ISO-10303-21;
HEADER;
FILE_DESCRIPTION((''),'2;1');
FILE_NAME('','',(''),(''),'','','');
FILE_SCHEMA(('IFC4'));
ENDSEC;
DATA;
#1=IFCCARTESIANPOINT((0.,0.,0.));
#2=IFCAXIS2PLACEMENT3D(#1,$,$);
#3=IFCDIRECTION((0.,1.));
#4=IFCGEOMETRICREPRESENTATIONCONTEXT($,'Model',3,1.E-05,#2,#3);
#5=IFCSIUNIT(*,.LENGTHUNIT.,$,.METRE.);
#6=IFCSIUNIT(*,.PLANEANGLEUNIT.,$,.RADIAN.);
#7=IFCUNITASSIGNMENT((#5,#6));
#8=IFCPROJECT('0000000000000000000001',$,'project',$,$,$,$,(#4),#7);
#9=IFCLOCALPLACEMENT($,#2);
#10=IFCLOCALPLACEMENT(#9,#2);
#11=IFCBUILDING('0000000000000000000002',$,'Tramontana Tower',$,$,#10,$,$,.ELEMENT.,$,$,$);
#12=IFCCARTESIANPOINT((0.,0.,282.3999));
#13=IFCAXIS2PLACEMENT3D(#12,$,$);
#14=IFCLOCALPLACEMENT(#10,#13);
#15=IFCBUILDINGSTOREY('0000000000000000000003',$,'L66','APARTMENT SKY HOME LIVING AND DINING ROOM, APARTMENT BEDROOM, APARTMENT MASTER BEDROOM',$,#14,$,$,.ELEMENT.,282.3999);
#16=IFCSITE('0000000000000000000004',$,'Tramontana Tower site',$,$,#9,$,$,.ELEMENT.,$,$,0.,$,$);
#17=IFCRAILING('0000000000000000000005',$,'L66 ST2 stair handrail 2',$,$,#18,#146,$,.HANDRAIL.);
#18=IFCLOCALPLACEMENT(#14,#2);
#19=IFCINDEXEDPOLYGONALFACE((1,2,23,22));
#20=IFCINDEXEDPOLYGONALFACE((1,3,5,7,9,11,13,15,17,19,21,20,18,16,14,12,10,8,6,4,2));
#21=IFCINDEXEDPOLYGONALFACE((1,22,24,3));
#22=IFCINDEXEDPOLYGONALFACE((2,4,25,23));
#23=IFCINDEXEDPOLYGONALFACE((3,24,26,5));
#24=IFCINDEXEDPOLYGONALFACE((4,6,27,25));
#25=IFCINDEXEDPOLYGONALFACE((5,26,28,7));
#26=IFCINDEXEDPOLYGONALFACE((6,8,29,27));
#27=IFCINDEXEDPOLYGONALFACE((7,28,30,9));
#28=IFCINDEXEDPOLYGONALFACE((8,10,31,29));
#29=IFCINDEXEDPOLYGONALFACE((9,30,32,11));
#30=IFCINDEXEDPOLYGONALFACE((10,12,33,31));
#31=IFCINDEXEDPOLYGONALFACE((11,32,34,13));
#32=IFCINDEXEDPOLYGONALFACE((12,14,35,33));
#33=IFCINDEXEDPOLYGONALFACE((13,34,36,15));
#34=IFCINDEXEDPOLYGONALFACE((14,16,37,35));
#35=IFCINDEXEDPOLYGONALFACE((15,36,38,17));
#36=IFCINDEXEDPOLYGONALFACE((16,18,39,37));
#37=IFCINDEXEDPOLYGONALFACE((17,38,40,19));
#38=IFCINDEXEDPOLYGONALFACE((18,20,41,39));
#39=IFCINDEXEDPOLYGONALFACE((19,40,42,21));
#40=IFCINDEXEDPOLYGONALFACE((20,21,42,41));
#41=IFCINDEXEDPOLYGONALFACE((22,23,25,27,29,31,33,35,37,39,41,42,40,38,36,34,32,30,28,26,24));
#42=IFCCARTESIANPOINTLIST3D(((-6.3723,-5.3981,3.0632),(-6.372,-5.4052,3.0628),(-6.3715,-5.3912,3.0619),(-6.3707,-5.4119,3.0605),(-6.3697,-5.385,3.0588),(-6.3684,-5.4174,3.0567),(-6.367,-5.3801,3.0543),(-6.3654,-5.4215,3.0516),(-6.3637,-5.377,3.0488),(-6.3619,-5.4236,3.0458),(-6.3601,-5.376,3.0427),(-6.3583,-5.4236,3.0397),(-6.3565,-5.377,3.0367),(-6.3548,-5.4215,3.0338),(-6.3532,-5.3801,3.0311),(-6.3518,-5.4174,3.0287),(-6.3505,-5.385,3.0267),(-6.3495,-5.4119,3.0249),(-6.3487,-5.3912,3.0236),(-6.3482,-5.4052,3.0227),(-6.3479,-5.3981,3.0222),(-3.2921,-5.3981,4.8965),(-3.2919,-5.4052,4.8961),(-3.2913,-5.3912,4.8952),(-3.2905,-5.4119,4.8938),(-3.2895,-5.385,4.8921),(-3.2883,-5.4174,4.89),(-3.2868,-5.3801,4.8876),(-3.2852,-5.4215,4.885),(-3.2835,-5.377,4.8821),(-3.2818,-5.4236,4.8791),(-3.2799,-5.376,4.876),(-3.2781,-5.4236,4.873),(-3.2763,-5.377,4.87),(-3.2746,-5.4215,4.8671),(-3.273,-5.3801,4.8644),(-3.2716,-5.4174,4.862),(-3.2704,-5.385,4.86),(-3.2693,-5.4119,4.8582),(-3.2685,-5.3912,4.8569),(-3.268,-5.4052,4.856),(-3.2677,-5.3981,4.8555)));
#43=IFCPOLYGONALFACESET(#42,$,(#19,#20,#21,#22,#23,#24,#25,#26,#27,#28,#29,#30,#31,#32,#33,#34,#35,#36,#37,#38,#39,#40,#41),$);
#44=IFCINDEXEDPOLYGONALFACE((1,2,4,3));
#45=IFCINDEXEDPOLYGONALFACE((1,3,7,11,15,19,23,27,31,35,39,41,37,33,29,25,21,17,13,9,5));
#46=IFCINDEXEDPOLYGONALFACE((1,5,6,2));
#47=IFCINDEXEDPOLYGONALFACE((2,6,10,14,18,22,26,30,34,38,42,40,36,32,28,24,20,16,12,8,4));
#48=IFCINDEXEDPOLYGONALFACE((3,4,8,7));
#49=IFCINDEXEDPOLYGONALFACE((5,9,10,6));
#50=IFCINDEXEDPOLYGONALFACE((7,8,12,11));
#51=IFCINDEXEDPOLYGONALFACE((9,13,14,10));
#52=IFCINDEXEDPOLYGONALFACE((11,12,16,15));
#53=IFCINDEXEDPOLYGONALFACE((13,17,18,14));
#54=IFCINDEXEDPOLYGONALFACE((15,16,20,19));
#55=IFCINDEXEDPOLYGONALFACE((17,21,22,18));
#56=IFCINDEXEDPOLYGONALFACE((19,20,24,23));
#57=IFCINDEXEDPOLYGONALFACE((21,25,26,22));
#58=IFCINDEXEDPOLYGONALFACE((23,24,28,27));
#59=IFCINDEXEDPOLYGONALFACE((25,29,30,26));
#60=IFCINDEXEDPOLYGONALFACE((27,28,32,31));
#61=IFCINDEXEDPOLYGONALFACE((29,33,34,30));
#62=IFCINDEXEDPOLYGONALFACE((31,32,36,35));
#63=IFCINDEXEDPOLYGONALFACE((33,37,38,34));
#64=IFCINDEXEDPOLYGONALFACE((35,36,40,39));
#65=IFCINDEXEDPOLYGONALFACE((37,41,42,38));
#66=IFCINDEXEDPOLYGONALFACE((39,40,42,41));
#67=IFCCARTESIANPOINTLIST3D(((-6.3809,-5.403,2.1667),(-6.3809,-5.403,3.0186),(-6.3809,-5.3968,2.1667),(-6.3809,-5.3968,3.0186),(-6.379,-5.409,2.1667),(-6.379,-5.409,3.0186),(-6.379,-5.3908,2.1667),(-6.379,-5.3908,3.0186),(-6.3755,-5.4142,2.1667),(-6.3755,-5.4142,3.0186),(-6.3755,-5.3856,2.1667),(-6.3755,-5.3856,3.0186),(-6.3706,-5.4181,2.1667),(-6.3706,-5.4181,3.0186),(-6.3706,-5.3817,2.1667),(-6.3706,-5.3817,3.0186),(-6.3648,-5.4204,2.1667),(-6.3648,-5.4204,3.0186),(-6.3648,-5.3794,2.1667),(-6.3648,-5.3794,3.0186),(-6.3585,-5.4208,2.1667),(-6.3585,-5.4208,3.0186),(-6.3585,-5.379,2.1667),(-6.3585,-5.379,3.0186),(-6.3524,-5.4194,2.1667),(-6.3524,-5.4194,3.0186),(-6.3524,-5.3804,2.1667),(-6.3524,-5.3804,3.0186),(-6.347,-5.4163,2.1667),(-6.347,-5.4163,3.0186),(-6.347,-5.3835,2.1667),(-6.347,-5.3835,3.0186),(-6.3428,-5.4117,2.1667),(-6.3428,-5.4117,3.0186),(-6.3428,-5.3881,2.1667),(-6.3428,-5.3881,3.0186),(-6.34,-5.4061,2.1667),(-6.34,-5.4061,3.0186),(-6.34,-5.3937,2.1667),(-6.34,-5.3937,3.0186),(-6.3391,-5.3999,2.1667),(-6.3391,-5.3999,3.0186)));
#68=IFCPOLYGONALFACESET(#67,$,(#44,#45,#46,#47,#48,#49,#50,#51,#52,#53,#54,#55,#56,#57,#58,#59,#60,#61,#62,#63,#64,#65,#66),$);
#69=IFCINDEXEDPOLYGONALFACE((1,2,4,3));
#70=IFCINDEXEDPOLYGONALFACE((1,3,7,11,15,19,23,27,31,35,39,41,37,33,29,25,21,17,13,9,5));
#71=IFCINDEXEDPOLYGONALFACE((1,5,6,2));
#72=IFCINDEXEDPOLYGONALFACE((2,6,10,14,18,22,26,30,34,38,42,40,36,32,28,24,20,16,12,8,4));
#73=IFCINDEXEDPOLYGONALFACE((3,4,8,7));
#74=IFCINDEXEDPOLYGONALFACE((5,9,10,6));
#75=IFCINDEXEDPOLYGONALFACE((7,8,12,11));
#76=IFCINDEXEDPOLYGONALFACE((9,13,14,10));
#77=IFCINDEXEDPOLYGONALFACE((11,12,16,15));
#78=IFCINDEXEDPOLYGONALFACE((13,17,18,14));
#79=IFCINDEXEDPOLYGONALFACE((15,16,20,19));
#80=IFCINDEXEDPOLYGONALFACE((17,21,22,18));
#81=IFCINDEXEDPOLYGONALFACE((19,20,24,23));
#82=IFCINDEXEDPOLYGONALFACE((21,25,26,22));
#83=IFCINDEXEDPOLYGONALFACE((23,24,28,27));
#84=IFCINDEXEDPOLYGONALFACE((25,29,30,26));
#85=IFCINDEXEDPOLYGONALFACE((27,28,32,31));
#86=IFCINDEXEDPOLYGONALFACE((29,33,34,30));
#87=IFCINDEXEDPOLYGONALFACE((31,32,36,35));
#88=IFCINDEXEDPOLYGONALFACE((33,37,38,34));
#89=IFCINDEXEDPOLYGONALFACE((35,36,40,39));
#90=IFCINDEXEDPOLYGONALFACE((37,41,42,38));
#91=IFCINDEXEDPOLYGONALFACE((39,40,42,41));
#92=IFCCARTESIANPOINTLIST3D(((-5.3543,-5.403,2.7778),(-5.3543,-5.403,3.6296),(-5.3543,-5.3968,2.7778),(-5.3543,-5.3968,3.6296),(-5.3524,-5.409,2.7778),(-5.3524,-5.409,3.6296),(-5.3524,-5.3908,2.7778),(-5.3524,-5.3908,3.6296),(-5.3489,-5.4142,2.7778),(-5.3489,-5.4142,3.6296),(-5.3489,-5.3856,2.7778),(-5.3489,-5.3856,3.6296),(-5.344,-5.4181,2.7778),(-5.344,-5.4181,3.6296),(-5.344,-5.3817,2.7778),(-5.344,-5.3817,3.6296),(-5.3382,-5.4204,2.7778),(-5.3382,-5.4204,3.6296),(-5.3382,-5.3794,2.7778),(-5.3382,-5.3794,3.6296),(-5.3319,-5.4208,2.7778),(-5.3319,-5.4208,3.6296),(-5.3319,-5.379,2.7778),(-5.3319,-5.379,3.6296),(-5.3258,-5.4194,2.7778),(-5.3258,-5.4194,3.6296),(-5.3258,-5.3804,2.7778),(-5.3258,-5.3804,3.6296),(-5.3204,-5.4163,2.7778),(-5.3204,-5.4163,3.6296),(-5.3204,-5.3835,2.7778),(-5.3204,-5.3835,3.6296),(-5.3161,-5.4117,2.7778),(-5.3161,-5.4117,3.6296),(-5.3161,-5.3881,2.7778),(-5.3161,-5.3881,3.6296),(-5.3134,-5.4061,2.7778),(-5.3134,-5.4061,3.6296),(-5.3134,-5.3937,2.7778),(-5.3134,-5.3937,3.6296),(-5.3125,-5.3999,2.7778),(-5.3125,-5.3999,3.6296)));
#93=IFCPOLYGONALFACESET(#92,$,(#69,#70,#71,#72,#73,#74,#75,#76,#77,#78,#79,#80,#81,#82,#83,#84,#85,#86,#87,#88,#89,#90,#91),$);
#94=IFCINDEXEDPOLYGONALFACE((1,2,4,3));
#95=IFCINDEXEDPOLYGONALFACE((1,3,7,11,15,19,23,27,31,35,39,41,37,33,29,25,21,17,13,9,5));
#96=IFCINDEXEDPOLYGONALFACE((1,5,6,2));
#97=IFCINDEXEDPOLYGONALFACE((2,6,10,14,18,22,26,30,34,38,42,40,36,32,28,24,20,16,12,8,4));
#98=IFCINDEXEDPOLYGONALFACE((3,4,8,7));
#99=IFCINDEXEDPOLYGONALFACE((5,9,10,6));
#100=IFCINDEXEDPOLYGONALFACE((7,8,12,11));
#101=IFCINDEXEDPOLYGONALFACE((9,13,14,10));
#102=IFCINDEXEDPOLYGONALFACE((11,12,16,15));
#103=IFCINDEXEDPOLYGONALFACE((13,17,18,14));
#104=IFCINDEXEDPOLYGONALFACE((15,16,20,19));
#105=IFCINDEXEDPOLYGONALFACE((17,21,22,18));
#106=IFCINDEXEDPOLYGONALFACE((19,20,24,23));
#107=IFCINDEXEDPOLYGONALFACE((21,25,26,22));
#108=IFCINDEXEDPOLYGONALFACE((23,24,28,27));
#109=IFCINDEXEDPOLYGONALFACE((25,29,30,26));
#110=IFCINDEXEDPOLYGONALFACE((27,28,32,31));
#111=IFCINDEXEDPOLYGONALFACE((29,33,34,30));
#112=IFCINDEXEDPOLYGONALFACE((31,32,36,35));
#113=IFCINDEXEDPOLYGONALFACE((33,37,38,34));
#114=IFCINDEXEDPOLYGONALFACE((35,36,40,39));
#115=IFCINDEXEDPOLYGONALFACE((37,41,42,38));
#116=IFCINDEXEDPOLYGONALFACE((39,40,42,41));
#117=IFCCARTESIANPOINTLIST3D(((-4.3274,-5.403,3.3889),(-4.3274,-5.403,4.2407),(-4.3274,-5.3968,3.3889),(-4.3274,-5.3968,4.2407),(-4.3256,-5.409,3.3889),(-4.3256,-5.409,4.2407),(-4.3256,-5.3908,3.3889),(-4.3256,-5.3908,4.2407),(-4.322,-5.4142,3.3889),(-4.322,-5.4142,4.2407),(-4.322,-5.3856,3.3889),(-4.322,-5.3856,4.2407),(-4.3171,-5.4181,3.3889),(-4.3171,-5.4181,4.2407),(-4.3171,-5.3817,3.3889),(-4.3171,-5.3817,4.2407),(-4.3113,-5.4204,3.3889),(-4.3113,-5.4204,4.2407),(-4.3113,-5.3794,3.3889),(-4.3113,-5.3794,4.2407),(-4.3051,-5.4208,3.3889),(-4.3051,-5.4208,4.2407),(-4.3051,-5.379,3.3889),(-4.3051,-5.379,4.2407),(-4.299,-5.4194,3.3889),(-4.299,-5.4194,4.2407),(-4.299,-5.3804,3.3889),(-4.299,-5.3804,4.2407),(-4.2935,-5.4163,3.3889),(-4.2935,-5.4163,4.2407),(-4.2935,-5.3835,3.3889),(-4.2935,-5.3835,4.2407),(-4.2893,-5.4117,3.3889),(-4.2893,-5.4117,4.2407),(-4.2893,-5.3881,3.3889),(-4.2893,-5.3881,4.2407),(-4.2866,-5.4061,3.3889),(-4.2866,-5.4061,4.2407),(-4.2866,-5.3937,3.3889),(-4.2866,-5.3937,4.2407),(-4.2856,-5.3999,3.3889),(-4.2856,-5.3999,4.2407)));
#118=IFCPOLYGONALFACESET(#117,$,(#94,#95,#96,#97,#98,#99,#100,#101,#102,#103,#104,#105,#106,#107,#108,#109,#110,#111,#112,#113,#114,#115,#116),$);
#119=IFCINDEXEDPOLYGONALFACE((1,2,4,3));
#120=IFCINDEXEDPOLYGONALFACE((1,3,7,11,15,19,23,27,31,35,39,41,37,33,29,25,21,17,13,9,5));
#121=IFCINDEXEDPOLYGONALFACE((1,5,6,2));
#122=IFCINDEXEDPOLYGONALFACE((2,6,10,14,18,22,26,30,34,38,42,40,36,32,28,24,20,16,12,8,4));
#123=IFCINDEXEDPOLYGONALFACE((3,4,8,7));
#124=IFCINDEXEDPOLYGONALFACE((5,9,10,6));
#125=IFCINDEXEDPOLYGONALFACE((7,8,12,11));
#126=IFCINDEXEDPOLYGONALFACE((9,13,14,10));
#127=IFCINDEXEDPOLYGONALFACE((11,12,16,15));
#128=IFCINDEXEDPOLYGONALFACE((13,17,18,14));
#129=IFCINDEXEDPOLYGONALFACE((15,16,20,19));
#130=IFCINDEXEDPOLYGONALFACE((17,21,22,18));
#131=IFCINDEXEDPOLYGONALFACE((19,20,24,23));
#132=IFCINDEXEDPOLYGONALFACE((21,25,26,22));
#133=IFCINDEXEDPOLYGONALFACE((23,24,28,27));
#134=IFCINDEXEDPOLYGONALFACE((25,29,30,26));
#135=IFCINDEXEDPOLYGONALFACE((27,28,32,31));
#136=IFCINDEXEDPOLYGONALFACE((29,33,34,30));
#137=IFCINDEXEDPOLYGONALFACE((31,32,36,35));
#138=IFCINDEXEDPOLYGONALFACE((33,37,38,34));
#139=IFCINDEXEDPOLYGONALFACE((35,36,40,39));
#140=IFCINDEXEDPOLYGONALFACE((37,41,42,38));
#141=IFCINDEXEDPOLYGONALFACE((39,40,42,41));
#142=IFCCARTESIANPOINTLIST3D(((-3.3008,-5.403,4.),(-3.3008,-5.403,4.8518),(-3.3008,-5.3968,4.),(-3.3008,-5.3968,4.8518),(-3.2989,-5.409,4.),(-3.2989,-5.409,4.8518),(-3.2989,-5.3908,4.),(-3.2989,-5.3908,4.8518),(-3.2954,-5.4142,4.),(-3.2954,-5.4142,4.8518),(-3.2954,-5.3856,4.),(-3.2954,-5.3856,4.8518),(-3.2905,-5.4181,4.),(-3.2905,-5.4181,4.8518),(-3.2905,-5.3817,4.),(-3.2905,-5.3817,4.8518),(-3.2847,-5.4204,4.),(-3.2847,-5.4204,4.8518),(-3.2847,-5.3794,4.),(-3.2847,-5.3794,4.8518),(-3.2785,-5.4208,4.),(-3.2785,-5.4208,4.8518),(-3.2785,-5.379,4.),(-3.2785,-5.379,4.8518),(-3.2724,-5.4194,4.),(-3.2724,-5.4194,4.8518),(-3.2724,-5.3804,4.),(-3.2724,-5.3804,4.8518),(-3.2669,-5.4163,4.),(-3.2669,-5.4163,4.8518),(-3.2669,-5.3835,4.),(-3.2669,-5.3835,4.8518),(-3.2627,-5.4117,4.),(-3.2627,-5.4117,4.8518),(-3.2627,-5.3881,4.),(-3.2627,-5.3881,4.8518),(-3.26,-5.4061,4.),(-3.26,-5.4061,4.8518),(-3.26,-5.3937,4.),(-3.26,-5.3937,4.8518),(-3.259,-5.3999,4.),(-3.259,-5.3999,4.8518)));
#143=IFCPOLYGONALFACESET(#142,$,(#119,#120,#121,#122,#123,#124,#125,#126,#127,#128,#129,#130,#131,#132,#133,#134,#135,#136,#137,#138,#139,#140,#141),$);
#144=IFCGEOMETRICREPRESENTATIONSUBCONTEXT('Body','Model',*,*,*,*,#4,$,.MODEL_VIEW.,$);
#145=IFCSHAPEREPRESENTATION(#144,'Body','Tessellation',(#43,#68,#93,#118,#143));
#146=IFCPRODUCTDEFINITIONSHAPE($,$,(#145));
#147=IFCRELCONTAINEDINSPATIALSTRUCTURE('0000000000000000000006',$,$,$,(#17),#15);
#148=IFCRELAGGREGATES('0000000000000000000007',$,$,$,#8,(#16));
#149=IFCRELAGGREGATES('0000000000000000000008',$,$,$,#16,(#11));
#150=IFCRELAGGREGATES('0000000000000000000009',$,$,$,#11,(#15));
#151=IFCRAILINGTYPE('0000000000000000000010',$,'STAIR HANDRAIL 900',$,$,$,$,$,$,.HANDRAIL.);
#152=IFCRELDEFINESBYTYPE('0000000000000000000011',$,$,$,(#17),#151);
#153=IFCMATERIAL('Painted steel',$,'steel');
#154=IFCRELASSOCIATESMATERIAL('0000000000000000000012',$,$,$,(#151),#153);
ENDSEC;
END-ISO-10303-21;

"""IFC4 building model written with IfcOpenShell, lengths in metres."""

from ifc_helpers import new_model, si_unit, direction, frame, origin, origin_2d, place, context, subcontext, project, spatial, circle, extrude, material, type_object, element, save


model = new_model("IFC4")

# Units and contexts
model_context = context("Model", 3, precision=1e-05, world=origin(), true_north=direction((0.0, 1.0)))
body_context = subcontext(model_context, "Body", "Model", "MODEL_VIEW")
ifc_project = project(units=[si_unit("LENGTHUNIT", "METRE"), si_unit("PLANEANGLEUNIT", "RADIAN")], contexts=[model_context])

# Site, building, storey
site_placement = place(None, origin())
site = spatial("IfcSite", under=ifc_project, at=site_placement, Name="Tramontana Tower site", CompositionType="ELEMENT", RefElevation=0.0)
building_placement = place(site_placement, origin())
building = spatial("IfcBuilding", under=site, at=building_placement, Name="Tramontana Tower", CompositionType="ELEMENT")
storey_placement = place(building_placement, frame((0.0, 0.0, 282.3999)))
storey = spatial("IfcBuildingStorey", under=building, at=storey_placement, Name="L66", Description="APARTMENT SKY HOME LIVING AND DINING ROOM, APARTMENT BEDROOM, APARTMENT MASTER BEDROOM", CompositionType="ELEMENT", Elevation=282.3999)

# Railing
ifc_material_1 = material(Name="Painted steel", Category="steel")
railing_type_1 = type_object("IfcRailingType", Name="STAIR HANDRAIL 900", PredefinedType="HANDRAIL", material=ifc_material_1)
railing_1_placement = place(storey_placement, frame((-6.3601, -5.3999, 2.1667)))
element("IfcRailing", 1, at=railing_1_placement, inside=storey, type_object=railing_type_1, Name="L66 ST2 stair handrail 2", PredefinedType="HANDRAIL", context=body_context, shape_type="SweptSolid", body=[
    extrude(circle(Radius=0.0239, at=origin_2d()), frame((0.0, 0.0, 0.876), z_axis=(0.859309, 0.0, 0.511458), x_axis=(0.0, 1.0, 0.0)), (0.0, 0.0, 1.0), 3.5845),
    extrude(circle(Radius=0.021, at=origin_2d()), origin(), (0.0, 0.0, 1.0), 0.8518),
    extrude(circle(Radius=0.021, at=origin_2d()), frame((1.0266, 0.0, 0.6111)), (0.0, 0.0, 1.0), 0.8518),
    extrude(circle(Radius=0.021, at=origin_2d()), frame((2.0535, 0.0, 1.2222)), (0.0, 0.0, 1.0), 0.8518),
    extrude(circle(Radius=0.021, at=origin_2d()), frame((3.0801, 0.0, 1.8333)), (0.0, 0.0, 1.0), 0.8518),
])

save(model, "model.ifc")
